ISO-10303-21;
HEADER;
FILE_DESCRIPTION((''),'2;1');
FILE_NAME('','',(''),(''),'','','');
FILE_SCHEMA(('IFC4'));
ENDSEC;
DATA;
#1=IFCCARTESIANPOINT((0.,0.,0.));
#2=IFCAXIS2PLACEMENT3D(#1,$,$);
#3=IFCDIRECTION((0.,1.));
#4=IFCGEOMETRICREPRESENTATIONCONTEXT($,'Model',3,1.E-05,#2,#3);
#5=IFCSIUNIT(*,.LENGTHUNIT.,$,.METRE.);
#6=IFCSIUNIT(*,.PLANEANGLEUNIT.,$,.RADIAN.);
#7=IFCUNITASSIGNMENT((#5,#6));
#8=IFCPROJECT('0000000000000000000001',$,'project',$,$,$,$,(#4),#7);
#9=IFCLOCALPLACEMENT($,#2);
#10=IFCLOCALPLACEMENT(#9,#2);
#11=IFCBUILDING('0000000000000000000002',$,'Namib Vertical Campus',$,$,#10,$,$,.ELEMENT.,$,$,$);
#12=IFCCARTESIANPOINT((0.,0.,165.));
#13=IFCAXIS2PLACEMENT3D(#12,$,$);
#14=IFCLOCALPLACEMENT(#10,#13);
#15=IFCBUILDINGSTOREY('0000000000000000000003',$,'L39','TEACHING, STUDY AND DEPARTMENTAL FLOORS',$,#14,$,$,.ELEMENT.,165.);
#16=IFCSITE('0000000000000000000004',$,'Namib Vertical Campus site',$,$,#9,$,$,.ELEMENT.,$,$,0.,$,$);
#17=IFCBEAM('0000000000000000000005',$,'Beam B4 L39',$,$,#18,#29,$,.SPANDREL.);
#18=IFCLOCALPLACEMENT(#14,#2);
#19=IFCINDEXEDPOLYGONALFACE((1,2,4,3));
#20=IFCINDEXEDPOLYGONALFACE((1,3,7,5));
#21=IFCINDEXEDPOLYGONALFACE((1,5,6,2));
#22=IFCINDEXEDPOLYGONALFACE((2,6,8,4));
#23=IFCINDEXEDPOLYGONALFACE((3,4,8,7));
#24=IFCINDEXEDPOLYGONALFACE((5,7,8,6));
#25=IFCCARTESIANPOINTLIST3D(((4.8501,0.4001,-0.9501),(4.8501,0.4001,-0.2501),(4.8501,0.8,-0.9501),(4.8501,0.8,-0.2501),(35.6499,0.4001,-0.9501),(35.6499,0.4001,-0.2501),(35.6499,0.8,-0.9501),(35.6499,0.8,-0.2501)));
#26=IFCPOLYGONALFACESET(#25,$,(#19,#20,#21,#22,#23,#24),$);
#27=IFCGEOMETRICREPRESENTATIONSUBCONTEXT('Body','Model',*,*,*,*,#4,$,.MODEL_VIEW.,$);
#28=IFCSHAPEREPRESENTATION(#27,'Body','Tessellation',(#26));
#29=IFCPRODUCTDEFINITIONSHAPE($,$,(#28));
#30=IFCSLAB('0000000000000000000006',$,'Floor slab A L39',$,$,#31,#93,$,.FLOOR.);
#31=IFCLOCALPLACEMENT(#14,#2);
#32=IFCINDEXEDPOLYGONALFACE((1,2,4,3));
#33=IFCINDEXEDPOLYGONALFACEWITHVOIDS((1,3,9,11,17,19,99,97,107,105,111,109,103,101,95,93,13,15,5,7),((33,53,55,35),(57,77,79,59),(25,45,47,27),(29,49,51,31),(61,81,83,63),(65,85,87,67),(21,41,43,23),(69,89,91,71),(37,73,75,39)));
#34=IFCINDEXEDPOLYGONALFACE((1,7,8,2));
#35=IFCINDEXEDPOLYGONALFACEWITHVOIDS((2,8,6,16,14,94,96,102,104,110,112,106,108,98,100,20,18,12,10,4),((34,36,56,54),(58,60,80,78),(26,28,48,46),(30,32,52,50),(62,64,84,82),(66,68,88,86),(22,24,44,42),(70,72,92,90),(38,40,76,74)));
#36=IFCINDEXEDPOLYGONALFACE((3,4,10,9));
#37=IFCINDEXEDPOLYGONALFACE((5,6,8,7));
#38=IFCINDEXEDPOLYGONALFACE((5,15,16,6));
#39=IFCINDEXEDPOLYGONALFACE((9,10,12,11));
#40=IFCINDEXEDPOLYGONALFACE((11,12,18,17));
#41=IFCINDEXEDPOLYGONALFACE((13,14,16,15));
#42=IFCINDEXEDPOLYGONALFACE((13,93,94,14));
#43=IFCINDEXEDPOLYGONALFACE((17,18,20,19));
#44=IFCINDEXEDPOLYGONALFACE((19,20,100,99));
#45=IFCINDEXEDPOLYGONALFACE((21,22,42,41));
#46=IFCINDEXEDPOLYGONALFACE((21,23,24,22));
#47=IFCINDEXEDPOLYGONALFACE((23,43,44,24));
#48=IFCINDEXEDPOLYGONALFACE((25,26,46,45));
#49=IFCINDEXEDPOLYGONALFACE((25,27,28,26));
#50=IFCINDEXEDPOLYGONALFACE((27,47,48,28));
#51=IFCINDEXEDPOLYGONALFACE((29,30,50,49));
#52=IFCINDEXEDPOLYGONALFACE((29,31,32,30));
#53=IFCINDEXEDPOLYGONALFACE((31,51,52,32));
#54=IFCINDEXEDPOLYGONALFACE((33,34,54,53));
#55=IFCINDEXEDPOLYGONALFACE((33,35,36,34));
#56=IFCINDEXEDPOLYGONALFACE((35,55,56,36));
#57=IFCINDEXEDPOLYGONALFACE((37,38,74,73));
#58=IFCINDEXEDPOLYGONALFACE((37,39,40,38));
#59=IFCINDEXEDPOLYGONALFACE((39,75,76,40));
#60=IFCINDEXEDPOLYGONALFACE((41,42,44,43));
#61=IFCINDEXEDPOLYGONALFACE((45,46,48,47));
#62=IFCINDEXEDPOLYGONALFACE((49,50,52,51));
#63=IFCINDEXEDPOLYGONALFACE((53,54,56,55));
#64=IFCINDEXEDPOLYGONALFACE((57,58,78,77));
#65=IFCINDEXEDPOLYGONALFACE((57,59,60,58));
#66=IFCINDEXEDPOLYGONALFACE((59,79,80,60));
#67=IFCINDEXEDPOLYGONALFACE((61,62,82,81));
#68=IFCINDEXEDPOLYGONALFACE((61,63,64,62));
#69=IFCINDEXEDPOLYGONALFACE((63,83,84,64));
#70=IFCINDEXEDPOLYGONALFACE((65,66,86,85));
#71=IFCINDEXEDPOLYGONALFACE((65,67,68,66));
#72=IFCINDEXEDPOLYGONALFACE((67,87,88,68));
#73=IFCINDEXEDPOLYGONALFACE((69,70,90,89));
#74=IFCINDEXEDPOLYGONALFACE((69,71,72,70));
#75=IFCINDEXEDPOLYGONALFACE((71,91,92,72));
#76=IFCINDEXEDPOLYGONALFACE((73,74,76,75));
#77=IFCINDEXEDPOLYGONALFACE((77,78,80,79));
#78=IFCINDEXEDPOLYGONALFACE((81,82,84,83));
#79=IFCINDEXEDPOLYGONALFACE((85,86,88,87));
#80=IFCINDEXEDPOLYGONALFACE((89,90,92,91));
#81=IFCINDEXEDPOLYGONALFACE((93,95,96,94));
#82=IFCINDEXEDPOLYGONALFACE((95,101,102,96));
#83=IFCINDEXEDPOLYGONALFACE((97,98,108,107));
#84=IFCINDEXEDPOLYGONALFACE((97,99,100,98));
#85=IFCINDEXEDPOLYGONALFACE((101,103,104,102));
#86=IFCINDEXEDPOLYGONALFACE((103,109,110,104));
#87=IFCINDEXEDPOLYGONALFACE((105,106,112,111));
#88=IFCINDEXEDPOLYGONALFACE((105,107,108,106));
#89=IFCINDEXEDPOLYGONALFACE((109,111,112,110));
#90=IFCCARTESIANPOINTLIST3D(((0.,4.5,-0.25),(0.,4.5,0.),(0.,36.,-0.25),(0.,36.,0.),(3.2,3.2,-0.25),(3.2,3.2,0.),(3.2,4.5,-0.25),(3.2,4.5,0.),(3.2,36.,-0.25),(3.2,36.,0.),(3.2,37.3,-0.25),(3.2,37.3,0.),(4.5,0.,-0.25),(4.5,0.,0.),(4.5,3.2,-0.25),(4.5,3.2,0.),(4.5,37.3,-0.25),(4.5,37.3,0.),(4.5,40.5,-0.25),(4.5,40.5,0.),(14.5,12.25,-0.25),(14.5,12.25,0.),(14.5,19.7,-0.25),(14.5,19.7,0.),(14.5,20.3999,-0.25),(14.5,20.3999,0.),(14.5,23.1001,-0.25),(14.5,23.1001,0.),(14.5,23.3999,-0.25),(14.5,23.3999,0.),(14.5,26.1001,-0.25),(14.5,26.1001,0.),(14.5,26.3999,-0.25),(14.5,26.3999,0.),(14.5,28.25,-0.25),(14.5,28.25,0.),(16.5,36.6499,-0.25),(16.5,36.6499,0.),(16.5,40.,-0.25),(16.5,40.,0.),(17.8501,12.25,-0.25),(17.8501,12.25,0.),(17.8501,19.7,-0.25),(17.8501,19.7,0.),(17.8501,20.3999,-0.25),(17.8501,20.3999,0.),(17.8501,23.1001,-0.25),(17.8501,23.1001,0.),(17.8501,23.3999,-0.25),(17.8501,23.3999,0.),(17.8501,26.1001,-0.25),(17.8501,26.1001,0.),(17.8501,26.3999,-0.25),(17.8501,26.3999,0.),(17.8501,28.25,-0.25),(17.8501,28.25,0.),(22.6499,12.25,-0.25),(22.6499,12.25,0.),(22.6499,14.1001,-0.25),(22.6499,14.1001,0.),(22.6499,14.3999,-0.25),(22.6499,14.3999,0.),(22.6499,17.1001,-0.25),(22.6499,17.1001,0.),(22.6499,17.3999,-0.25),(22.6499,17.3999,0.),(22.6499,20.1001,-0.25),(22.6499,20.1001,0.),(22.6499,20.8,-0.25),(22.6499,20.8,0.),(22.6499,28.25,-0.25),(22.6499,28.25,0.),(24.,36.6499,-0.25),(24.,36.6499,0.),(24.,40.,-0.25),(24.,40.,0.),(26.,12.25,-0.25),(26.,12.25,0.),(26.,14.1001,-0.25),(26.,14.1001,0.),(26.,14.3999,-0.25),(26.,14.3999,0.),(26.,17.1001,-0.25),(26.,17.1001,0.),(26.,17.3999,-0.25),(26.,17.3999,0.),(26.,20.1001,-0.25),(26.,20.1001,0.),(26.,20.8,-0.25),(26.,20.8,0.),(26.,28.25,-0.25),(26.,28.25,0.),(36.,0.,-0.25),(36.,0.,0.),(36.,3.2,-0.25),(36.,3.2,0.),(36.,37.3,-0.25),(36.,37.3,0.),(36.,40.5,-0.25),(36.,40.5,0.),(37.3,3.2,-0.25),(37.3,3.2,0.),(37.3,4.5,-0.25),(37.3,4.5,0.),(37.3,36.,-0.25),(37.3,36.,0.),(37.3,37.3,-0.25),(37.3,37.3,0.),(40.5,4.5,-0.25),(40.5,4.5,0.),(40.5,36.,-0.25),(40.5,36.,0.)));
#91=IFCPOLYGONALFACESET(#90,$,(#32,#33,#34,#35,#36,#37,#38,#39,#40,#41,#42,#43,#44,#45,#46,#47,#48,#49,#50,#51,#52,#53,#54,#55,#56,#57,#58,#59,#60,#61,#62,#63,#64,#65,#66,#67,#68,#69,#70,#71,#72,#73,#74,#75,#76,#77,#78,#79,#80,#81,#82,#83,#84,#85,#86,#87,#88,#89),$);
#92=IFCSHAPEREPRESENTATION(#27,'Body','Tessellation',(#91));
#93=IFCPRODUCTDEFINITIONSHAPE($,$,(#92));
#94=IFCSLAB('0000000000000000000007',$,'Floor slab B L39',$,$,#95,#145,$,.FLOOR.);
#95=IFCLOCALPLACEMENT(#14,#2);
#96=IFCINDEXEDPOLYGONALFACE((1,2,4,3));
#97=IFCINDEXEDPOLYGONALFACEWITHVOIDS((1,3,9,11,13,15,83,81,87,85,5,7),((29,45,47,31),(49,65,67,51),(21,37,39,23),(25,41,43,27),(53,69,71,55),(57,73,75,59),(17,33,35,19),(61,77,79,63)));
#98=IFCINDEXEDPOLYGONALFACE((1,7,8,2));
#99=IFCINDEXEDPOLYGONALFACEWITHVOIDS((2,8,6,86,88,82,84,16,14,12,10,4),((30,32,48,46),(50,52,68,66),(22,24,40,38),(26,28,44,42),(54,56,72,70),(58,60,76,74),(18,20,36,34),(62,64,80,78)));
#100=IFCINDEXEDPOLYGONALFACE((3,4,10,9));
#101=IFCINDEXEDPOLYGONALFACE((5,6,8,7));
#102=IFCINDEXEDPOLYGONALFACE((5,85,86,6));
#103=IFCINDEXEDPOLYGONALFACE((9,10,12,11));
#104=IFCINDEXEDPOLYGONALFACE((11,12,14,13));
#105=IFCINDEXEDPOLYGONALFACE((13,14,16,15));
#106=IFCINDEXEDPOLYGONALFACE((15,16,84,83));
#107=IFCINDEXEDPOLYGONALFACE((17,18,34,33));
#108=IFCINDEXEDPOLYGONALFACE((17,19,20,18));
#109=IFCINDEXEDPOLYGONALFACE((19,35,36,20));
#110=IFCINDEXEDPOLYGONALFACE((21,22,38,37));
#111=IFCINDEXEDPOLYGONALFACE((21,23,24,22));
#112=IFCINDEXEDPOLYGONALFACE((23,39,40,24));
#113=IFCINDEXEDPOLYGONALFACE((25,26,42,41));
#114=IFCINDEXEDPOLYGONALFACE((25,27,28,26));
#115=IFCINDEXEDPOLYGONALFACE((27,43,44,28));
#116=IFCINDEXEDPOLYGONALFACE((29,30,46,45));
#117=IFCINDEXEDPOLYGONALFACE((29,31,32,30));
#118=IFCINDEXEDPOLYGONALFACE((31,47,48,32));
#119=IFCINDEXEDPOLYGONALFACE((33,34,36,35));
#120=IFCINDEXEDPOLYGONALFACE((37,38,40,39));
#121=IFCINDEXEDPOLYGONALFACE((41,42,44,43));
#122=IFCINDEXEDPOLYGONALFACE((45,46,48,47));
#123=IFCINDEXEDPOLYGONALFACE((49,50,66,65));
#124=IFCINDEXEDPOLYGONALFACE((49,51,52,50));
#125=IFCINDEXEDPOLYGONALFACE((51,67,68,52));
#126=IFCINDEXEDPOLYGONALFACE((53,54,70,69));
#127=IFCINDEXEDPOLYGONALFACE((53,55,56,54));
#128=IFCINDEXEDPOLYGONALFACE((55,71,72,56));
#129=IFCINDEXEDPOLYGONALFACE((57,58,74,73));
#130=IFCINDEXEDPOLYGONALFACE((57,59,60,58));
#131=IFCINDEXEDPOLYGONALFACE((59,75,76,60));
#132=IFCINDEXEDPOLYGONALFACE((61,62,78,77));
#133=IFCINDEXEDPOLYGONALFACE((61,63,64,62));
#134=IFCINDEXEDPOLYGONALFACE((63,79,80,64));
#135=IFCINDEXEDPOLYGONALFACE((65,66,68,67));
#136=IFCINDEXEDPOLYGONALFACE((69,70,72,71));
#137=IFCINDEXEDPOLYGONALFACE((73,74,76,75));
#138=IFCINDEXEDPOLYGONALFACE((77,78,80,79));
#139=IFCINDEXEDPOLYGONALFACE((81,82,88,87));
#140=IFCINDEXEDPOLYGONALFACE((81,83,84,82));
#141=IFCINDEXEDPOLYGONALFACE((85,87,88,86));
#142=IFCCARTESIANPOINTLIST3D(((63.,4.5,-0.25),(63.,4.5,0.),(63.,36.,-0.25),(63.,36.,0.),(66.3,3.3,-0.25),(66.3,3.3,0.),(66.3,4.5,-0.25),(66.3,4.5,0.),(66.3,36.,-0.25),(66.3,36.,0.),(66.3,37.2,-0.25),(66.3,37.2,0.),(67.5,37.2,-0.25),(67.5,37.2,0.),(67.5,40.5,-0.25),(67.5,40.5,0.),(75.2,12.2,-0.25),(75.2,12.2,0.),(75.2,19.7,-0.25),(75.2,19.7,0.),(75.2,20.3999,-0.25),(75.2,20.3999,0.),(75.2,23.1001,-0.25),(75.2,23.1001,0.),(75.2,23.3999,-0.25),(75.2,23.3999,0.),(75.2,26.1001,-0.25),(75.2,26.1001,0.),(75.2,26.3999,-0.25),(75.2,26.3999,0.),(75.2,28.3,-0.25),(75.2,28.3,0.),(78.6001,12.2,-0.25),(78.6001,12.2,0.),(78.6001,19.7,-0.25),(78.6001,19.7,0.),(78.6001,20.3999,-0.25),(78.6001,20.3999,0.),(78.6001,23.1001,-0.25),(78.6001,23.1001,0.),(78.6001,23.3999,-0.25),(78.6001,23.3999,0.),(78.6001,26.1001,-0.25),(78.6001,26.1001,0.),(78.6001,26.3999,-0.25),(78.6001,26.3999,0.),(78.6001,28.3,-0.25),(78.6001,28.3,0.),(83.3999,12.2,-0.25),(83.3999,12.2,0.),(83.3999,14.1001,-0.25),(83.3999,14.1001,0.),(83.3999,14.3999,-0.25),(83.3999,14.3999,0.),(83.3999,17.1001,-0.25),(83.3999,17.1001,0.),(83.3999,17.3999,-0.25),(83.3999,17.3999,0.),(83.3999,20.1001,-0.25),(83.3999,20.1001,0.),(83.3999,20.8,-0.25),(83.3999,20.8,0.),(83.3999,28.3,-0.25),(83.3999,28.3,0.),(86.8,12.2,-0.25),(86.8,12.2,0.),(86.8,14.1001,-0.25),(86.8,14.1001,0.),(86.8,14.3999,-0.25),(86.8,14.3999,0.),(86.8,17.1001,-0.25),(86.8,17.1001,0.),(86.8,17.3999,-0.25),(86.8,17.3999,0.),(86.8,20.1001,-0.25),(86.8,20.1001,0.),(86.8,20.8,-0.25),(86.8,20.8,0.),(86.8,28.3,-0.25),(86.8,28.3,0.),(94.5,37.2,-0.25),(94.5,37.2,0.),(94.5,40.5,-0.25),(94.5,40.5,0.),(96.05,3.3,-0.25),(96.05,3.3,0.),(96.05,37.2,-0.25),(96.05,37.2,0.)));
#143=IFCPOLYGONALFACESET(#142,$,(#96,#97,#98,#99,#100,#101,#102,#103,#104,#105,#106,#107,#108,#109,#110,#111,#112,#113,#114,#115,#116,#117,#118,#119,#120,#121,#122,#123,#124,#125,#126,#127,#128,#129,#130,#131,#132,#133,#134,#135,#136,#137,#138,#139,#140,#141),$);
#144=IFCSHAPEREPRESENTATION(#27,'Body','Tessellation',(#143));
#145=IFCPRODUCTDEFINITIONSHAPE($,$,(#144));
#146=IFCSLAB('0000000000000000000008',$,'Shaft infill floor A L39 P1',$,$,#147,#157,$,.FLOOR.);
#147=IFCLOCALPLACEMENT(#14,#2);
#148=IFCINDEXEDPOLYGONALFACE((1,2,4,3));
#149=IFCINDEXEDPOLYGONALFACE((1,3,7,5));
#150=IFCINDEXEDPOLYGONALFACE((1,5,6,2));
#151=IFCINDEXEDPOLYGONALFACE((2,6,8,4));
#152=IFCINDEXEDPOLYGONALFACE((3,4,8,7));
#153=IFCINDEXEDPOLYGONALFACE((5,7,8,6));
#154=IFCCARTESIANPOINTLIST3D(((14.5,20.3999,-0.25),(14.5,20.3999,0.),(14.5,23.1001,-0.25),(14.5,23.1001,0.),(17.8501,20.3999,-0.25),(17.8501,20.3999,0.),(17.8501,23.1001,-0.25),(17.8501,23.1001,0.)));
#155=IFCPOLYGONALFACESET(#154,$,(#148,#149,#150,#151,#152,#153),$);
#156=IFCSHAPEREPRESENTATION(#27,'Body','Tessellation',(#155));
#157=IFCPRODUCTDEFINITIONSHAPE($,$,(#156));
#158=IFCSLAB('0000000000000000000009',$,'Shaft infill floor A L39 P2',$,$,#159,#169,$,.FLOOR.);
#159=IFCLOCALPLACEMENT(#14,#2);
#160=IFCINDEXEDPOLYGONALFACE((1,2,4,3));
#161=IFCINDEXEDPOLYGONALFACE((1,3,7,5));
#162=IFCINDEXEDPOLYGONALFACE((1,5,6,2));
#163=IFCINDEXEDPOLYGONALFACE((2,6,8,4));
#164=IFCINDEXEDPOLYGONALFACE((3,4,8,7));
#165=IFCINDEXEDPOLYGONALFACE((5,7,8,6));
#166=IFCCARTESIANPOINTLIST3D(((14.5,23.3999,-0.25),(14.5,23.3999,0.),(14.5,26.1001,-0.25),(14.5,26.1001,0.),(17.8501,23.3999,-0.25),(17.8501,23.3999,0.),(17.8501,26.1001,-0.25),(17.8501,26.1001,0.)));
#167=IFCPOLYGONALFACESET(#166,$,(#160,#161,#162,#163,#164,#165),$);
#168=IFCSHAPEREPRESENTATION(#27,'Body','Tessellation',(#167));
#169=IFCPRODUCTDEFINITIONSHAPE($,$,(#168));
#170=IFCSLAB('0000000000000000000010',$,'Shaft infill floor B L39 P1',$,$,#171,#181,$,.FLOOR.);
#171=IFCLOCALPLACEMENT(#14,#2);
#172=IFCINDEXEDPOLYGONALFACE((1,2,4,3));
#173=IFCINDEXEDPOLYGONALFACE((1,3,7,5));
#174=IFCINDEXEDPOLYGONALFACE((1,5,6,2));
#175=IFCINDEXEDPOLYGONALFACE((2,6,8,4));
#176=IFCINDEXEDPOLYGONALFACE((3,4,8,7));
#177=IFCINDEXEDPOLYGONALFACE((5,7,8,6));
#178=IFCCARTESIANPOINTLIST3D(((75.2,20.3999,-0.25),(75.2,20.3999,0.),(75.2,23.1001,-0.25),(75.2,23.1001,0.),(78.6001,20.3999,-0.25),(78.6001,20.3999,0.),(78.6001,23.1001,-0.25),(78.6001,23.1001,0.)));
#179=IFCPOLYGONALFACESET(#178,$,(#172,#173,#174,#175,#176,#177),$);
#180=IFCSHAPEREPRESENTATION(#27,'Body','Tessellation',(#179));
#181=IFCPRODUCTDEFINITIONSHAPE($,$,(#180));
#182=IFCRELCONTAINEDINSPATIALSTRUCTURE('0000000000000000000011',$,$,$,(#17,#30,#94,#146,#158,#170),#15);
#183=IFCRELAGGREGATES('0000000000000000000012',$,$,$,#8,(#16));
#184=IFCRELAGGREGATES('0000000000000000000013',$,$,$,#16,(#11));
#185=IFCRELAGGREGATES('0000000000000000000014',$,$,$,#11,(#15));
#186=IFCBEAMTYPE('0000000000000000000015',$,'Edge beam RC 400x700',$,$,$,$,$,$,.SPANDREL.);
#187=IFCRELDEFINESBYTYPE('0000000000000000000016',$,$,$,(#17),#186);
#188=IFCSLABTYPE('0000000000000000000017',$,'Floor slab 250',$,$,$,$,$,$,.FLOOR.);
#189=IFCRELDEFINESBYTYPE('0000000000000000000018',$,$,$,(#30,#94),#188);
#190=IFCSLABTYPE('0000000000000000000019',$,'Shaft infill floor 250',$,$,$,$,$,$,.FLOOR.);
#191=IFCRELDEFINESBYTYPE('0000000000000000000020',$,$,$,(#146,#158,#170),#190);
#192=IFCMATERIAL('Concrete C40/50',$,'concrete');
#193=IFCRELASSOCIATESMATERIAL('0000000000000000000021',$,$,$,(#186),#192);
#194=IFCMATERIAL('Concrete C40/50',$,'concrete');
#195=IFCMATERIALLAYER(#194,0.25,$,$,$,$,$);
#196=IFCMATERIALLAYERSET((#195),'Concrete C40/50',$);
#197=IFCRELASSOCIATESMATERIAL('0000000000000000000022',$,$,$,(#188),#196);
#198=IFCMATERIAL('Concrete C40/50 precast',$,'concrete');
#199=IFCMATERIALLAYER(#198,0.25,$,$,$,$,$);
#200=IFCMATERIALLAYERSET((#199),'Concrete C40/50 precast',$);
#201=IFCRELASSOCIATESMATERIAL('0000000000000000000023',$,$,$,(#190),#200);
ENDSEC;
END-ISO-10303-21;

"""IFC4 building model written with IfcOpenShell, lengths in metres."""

from ifc_helpers import new_model, si_unit, direction, frame, origin, origin_2d, place, context, subcontext, project, spatial, polyline, rectangle, outline, extrude, material, layer, layer_set, material_profile, profile_set, type_object, element, save


model = new_model("IFC4")

# Units and contexts
model_context = context("Model", 3, precision=1e-05, world=origin(), true_north=direction((0.0, 1.0)))
body_context = subcontext(model_context, "Body", "Model", "MODEL_VIEW")
ifc_project = project(units=[si_unit("LENGTHUNIT", "METRE"), si_unit("PLANEANGLEUNIT", "RADIAN")], contexts=[model_context])

# Site, building, storey
site_placement = place(None, origin())
site = spatial("IfcSite", under=ifc_project, at=site_placement, Name="Namib Vertical Campus site", CompositionType="ELEMENT", RefElevation=0.0)
building_placement = place(site_placement, origin())
building = spatial("IfcBuilding", under=site, at=building_placement, Name="Namib Vertical Campus", CompositionType="ELEMENT")
storey_placement = place(building_placement, frame((0.0, 0.0, 165.0)))
storey = spatial("IfcBuildingStorey", under=building, at=storey_placement, Name="L39", Description="TEACHING, STUDY AND DEPARTMENTAL FLOORS", CompositionType="ELEMENT", Elevation=165.0)

# Beam
ifc_material_1 = material(Name="Concrete C40/50", Category="concrete")
ifc_material_profile = material_profile(ifc_material_1, rectangle(XDim=0.3999, YDim=0.7, at=origin_2d()))
ifc_profile_set = profile_set([ifc_material_profile], Name="Concrete C40/50")
beam_type = type_object("IfcBeamType", Name="Edge beam RC 400x700", PredefinedType="SPANDREL", material=ifc_profile_set)
beam_placement = place(storey_placement, frame((4.8501, 0.6001, -0.6001), z_axis=(1.0, 0.0, 0.0), x_axis=(0.0, 1.0, 0.0)))
element("IfcBeam", 1, at=beam_placement, inside=storey, type_object=beam_type, Name="Beam B4 L39", PredefinedType="SPANDREL", context=body_context, shape_type="SweptSolid", body=[
    extrude(rectangle(XDim=0.3999, YDim=0.7, at=origin_2d()), origin(), (0.0, 0.0, 1.0), 30.7998),
])

# Slabs
ifc_material_2 = material(Name="Concrete C40/50", Category="concrete")
ifc_layer_1 = layer(ifc_material_2, 0.25)
ifc_layer_set_1 = layer_set([ifc_layer_1], Name="Concrete C40/50")
slab_type_1 = type_object("IfcSlabType", Name="Floor slab 250", PredefinedType="FLOOR", material=ifc_layer_set_1)
slab_1_placement = place(storey_placement, frame((0.0, 0.0, -0.25)))
element("IfcSlab", 2, at=slab_1_placement, inside=storey, type_object=slab_type_1, Name="Floor slab A L39", PredefinedType="FLOOR", context=body_context, shape_type="SweptSolid", body=[
    extrude(outline(polyline([(4.5, 0.0), (36.0, 0.0), (36.0, 3.2), (37.3, 3.2), (37.3, 4.5), (40.5, 4.5), (40.5, 36.0), (37.3, 36.0), (37.3, 37.3), (36.0, 37.3), (36.0, 40.5), (4.5, 40.5), (4.5, 37.3), (3.2, 37.3), (3.2, 36.0), (0.0, 36.0), (0.0, 4.5), (3.2, 4.5), (3.2, 3.2), (4.5, 3.2), (4.5, 0.0)]), holes=[polyline([(14.5, 12.25), (17.8501, 12.25), (17.8501, 19.7), (14.5, 19.7), (14.5, 12.25)]), polyline([(22.6499, 20.8), (26.0, 20.8), (26.0, 28.25), (22.6499, 28.25), (22.6499, 20.8)]), polyline([(22.6499, 12.25), (26.0, 12.25), (26.0, 14.1001), (22.6499, 14.1001), (22.6499, 12.25)]), polyline([(14.5, 20.3999), (17.8501, 20.3999), (17.8501, 23.1001), (14.5, 23.1001), (14.5, 20.3999)]), polyline([(14.5, 23.3999), (17.8501, 23.3999), (17.8501, 26.1001), (14.5, 26.1001), (14.5, 23.3999)]), polyline([(14.5, 26.3999), (17.8501, 26.3999), (17.8501, 28.25), (14.5, 28.25), (14.5, 26.3999)]), polyline([(22.6499, 14.3999), (26.0, 14.3999), (26.0, 17.1001), (22.6499, 17.1001), (22.6499, 14.3999)]), polyline([(22.6499, 17.3999), (26.0, 17.3999), (26.0, 20.1001), (22.6499, 20.1001), (22.6499, 17.3999)]), polyline([(16.5, 36.6499), (24.0, 36.6499), (24.0, 40.0), (16.5, 40.0), (16.5, 36.6499)])]), origin(), (0.0, 0.0, 1.0), 0.25),
])
slab_2_placement = place(storey_placement, frame((0.0, 0.0, -0.25)))
element("IfcSlab", 3, at=slab_2_placement, inside=storey, type_object=slab_type_1, Name="Floor slab B L39", PredefinedType="FLOOR", context=body_context, shape_type="SweptSolid", body=[
    extrude(outline(polyline([(63.0, 4.5), (66.3, 4.5), (66.3, 3.3), (96.05, 3.3), (96.05, 37.2), (94.5, 37.2), (94.5, 40.5), (67.5, 40.5), (67.5, 37.2), (66.3, 37.2), (66.3, 36.0), (63.0, 36.0), (63.0, 4.5)]), holes=[polyline([(75.2, 12.2), (78.6001, 12.2), (78.6001, 19.7), (75.2, 19.7), (75.2, 12.2)]), polyline([(83.3999, 20.8), (86.8, 20.8), (86.8, 28.3), (83.3999, 28.3), (83.3999, 20.8)]), polyline([(83.3999, 12.2), (86.8, 12.2), (86.8, 14.1001), (83.3999, 14.1001), (83.3999, 12.2)]), polyline([(75.2, 20.3999), (78.6001, 20.3999), (78.6001, 23.1001), (75.2, 23.1001), (75.2, 20.3999)]), polyline([(75.2, 23.3999), (78.6001, 23.3999), (78.6001, 26.1001), (75.2, 26.1001), (75.2, 23.3999)]), polyline([(75.2, 26.3999), (78.6001, 26.3999), (78.6001, 28.3), (75.2, 28.3), (75.2, 26.3999)]), polyline([(83.3999, 14.3999), (86.8, 14.3999), (86.8, 17.1001), (83.3999, 17.1001), (83.3999, 14.3999)]), polyline([(83.3999, 17.3999), (86.8, 17.3999), (86.8, 20.1001), (83.3999, 20.1001), (83.3999, 17.3999)])]), origin(), (0.0, 0.0, 1.0), 0.25),
])
ifc_material_3 = material(Name="Concrete C40/50 precast", Category="concrete")
ifc_layer_2 = layer(ifc_material_3, 0.25)
ifc_layer_set_2 = layer_set([ifc_layer_2], Name="Concrete C40/50 precast")
slab_type_2 = type_object("IfcSlabType", Name="Shaft infill floor 250", PredefinedType="FLOOR", material=ifc_layer_set_2)
slab_3_placement = place(storey_placement, frame((0.0, 0.0, -0.25)))
element("IfcSlab", 4, at=slab_3_placement, inside=storey, type_object=slab_type_2, Name="Shaft infill floor A L39 P1", PredefinedType="FLOOR", context=body_context, shape_type="SweptSolid", body=[
    extrude(outline(polyline([(14.5, 20.3999), (17.8501, 20.3999), (17.8501, 23.1001), (14.5, 23.1001), (14.5, 20.3999)])), origin(), (0.0, 0.0, 1.0), 0.25),
])
slab_4_placement = place(storey_placement, frame((0.0, 0.0, -0.25)))
element("IfcSlab", 5, at=slab_4_placement, inside=storey, type_object=slab_type_2, Name="Shaft infill floor A L39 P2", PredefinedType="FLOOR", context=body_context, shape_type="SweptSolid", body=[
    extrude(outline(polyline([(14.5, 23.3999), (17.8501, 23.3999), (17.8501, 26.1001), (14.5, 26.1001), (14.5, 23.3999)])), origin(), (0.0, 0.0, 1.0), 0.25),
])
slab_5_placement = place(storey_placement, frame((0.0, 0.0, -0.25)))
element("IfcSlab", 6, at=slab_5_placement, inside=storey, type_object=slab_type_2, Name="Shaft infill floor B L39 P1", PredefinedType="FLOOR", context=body_context, shape_type="SweptSolid", body=[
    extrude(outline(polyline([(75.2, 20.3999), (78.6001, 20.3999), (78.6001, 23.1001), (75.2, 23.1001), (75.2, 20.3999)])), origin(), (0.0, 0.0, 1.0), 0.25),
])

save(model, "model.ifc")
